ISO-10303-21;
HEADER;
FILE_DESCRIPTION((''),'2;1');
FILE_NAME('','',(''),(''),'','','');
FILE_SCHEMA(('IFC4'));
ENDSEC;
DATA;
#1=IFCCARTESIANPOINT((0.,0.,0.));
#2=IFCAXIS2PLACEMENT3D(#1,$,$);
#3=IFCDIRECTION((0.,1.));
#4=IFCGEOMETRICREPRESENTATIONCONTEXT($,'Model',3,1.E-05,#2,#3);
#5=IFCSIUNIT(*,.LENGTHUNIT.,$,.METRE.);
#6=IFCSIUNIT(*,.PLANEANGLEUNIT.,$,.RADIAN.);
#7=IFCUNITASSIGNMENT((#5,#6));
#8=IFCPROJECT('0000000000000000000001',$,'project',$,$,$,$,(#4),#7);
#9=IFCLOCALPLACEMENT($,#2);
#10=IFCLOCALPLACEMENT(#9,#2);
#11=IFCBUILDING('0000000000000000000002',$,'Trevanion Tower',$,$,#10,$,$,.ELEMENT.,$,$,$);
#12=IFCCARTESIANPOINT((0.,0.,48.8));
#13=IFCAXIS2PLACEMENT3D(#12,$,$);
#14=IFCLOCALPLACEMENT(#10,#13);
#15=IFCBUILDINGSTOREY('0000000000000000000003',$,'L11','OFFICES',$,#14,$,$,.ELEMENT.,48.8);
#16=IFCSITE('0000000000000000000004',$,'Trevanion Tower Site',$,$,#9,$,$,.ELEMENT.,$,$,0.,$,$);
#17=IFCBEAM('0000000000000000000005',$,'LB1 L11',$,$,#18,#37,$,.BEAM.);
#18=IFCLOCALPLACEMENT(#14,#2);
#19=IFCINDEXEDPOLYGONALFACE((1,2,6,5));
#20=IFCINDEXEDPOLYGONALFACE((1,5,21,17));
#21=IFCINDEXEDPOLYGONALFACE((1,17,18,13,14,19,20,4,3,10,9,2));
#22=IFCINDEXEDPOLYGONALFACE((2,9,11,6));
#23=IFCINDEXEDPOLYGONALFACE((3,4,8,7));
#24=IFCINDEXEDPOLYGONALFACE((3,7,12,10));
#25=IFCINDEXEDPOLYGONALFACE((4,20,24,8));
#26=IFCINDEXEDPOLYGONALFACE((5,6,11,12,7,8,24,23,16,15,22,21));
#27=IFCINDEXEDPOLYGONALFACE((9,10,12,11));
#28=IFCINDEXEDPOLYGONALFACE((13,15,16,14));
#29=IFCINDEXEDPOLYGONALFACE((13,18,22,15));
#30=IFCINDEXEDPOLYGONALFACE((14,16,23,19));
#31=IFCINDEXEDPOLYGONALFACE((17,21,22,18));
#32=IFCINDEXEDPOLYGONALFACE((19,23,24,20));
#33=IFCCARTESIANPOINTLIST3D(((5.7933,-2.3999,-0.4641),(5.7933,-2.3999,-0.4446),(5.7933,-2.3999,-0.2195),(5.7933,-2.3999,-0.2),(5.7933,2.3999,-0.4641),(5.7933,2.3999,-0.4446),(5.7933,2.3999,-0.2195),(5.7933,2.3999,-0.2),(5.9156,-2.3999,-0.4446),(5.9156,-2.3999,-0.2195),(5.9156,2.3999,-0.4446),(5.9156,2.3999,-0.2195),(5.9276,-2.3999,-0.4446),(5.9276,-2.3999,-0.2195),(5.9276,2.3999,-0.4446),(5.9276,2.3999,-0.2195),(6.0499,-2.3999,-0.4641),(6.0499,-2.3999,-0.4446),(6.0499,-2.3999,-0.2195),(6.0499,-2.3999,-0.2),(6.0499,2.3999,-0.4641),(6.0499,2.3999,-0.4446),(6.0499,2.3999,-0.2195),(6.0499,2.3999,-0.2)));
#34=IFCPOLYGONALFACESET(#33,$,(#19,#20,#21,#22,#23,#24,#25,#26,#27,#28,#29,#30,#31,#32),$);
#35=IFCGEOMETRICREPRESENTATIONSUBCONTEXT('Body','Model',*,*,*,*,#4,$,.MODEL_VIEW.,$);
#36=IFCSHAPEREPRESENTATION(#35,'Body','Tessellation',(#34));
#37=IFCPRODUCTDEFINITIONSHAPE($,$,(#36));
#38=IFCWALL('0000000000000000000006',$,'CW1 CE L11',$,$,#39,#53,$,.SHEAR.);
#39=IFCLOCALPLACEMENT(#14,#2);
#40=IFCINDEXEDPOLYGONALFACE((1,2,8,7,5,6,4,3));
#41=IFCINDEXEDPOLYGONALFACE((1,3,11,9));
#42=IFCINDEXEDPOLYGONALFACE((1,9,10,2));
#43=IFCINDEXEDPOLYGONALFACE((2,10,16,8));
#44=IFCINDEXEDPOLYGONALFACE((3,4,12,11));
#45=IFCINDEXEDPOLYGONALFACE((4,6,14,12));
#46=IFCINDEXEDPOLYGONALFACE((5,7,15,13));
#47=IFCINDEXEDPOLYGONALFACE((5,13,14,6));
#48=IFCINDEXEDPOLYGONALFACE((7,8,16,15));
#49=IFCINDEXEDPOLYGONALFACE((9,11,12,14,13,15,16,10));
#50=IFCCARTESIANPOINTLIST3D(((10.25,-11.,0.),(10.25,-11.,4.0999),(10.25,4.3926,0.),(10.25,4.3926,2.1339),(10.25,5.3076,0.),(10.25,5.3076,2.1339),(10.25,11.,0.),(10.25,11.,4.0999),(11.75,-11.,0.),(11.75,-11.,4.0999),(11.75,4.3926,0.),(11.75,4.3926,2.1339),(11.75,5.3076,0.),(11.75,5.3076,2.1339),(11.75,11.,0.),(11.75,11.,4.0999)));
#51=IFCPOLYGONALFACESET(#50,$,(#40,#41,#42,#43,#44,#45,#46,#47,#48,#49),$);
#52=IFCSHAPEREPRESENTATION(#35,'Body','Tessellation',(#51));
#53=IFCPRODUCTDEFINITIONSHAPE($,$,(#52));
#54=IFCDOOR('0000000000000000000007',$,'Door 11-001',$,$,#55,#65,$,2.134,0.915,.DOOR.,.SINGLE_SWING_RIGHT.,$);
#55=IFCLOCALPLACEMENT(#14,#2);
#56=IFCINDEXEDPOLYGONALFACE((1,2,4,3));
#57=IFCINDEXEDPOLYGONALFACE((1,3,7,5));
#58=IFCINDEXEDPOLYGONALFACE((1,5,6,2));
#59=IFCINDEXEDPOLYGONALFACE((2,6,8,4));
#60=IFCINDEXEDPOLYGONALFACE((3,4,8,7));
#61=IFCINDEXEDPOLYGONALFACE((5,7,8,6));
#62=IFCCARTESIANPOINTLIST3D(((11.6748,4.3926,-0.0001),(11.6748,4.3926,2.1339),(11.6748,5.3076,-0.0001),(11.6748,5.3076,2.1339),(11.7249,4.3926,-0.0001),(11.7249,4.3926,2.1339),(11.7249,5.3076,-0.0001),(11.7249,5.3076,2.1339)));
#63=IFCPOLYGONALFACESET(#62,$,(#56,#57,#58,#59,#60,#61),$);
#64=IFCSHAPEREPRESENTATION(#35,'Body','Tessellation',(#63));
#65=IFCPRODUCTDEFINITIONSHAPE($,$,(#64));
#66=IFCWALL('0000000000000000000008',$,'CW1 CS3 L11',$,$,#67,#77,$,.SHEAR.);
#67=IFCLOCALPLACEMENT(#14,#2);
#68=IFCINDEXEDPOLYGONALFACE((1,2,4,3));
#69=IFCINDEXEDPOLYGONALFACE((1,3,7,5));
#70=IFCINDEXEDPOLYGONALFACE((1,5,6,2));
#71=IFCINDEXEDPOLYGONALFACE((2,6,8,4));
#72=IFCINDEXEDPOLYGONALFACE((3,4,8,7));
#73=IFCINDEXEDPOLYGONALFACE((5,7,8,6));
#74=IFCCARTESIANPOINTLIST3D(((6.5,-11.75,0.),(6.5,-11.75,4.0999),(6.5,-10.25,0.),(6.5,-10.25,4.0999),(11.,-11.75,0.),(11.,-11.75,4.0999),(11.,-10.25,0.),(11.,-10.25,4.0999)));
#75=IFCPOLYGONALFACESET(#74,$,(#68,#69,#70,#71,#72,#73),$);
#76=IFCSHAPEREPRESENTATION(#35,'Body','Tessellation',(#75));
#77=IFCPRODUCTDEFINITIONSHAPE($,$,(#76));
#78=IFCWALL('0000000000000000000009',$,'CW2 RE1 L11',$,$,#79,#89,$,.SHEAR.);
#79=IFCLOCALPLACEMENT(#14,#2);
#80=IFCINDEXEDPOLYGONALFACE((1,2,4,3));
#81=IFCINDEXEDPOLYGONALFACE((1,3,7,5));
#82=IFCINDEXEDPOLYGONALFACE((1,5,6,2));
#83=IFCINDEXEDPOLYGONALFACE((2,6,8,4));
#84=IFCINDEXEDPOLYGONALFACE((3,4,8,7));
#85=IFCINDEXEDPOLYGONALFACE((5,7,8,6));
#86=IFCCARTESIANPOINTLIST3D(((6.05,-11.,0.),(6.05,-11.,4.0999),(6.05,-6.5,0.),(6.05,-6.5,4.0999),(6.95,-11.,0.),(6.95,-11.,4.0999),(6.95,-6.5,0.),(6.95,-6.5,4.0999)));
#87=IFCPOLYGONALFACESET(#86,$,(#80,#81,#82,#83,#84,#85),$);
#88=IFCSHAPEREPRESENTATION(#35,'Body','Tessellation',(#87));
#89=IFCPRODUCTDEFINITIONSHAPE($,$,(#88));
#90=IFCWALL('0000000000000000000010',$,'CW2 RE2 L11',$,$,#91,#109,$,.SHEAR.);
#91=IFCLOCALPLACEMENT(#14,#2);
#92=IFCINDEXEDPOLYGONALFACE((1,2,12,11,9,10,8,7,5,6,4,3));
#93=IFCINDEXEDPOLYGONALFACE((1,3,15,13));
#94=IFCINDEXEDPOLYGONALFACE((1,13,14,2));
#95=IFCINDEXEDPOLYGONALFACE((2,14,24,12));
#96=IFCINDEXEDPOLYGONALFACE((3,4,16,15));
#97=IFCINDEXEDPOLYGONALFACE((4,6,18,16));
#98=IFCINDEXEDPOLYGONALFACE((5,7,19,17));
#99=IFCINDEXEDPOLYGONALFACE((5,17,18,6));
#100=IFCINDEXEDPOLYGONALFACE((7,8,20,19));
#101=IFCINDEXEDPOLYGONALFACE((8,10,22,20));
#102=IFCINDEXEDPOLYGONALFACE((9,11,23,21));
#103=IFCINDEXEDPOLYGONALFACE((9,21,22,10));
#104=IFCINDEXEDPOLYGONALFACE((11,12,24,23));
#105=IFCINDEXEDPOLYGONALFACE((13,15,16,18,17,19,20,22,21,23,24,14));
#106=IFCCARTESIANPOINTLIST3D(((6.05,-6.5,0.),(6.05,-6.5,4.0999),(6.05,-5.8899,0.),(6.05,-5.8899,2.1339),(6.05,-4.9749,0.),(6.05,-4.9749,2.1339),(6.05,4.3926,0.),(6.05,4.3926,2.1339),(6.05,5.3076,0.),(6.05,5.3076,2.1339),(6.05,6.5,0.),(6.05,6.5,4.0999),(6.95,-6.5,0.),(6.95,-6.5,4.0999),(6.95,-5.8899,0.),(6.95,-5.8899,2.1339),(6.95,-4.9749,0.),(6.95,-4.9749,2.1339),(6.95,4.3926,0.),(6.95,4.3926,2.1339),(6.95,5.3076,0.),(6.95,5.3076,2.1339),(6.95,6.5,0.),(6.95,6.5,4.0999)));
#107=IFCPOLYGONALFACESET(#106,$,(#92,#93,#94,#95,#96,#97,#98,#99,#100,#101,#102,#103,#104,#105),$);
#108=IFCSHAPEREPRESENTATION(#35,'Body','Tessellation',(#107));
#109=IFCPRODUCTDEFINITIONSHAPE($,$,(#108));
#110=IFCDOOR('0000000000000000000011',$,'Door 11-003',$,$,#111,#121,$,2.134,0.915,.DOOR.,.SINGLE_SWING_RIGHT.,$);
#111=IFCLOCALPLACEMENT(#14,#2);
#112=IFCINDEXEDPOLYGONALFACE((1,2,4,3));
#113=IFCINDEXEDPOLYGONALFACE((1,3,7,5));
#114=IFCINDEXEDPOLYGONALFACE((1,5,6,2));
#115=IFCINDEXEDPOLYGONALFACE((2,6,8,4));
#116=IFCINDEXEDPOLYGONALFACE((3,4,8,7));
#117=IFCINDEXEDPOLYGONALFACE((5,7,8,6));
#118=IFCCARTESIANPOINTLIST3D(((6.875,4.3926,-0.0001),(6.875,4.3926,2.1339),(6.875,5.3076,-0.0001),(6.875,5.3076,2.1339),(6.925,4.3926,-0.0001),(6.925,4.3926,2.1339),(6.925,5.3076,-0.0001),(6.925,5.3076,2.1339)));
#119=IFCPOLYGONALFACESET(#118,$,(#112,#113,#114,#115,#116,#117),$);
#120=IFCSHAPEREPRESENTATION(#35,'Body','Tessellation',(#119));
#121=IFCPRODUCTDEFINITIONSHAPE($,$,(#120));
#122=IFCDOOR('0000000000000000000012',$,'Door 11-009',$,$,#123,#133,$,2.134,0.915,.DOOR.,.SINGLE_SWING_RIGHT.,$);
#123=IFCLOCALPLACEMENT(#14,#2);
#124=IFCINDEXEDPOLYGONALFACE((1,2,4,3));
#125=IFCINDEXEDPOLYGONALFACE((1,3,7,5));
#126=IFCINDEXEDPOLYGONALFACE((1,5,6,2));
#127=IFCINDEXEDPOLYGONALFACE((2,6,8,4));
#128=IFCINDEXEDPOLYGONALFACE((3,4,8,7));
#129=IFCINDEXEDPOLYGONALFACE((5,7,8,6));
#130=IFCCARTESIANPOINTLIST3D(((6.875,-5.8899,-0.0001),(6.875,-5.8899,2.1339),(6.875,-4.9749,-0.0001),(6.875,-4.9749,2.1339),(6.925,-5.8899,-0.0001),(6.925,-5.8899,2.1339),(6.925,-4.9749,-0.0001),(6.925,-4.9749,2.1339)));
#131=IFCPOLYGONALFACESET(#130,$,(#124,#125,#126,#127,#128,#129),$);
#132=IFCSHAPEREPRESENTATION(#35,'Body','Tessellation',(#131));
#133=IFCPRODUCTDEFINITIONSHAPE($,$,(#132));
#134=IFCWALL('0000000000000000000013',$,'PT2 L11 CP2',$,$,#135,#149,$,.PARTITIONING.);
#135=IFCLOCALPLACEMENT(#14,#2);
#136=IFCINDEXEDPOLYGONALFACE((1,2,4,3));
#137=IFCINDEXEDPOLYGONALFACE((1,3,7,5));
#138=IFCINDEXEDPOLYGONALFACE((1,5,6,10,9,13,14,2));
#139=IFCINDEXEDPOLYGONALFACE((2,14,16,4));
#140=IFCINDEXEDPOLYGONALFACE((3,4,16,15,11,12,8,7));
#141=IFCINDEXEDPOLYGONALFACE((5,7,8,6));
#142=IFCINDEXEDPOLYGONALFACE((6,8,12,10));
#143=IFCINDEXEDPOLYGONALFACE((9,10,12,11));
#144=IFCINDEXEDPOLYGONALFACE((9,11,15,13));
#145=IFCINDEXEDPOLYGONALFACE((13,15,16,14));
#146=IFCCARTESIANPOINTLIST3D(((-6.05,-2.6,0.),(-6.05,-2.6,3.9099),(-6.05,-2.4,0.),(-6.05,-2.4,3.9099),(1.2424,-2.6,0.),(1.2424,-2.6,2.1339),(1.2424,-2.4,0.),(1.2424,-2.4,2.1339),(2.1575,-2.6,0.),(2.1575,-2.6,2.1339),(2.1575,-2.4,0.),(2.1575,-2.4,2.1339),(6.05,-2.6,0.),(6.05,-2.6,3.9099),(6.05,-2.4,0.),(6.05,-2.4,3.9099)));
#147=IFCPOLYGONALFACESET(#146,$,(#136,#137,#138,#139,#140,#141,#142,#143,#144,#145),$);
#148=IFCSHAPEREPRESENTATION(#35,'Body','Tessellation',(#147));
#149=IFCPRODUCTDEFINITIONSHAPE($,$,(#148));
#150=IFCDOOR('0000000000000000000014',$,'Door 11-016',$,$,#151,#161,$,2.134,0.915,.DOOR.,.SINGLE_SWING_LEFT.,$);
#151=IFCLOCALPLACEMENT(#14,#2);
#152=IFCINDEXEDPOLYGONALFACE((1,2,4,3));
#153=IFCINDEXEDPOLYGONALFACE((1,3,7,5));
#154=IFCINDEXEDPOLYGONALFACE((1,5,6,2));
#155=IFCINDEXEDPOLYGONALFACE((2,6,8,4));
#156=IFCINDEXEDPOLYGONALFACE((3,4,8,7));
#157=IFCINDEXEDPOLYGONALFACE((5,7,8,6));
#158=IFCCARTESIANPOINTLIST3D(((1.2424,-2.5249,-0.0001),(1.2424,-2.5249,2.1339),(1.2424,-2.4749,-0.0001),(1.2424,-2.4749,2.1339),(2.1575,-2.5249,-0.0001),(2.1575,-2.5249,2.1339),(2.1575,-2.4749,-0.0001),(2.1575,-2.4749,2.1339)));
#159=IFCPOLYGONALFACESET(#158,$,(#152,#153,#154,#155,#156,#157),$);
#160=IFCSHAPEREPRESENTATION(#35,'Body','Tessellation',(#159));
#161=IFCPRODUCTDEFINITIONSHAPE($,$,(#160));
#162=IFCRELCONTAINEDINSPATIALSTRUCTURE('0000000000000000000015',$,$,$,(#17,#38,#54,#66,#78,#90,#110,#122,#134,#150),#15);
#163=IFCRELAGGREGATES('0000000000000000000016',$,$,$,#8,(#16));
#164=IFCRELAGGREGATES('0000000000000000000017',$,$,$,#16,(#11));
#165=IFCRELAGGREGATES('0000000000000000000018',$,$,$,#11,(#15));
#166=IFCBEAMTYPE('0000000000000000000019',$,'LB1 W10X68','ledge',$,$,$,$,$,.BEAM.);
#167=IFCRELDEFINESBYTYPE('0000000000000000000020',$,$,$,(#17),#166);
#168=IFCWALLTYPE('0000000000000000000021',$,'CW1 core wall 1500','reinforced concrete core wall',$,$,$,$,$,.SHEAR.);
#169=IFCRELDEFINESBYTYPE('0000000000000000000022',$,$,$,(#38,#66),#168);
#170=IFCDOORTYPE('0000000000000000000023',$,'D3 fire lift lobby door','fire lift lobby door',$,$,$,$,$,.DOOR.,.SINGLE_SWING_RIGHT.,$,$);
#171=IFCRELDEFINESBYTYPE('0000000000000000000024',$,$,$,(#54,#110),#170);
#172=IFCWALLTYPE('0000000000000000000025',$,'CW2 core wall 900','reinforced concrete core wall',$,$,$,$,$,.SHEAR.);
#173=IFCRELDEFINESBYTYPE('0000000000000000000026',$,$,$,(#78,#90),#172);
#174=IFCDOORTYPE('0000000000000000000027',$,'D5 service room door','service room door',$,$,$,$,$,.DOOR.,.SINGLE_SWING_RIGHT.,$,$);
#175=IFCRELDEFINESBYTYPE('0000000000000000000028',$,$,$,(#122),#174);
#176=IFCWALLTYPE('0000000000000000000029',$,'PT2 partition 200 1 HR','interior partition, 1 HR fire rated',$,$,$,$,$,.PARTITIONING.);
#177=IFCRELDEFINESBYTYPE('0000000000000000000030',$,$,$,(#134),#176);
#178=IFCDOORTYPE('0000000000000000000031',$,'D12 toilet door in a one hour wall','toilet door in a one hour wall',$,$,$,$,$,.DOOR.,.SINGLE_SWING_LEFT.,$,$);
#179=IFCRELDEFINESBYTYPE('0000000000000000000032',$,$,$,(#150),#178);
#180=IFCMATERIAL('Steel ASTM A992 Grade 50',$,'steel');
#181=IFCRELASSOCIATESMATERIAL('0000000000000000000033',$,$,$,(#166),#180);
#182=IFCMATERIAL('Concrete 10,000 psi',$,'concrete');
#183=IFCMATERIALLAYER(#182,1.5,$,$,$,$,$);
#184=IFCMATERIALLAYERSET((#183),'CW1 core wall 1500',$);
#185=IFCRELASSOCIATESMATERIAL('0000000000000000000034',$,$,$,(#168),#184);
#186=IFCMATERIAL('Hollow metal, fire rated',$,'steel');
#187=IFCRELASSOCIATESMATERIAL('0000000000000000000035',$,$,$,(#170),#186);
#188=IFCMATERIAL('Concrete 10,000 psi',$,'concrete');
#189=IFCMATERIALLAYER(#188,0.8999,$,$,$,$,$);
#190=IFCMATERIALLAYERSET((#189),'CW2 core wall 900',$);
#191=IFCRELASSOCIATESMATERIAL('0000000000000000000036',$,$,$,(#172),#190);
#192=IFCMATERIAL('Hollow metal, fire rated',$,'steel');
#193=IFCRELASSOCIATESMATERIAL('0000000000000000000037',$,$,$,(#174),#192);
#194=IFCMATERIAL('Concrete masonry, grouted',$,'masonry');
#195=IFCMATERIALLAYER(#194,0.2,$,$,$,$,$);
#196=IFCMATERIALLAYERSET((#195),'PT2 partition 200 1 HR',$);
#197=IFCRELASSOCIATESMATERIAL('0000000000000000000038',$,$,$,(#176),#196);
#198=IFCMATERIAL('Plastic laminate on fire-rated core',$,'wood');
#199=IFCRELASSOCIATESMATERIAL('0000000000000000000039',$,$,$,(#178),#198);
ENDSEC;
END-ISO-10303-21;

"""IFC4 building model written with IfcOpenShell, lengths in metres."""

from ifc_helpers import new_model, si_unit, direction, frame, frame_2d, origin, origin_2d, place, context, subcontext, project, spatial, rectangle, i_section, extrude, material, layer, layer_set, material_profile, profile_set, type_object, element, fill, save


model = new_model("IFC4")

# Units and contexts
model_context = context("Model", 3, precision=1e-05, world=origin(), true_north=direction((0.0, 1.0)))
body_context = subcontext(model_context, "Body", "Model", "MODEL_VIEW")
ifc_project = project(units=[si_unit("LENGTHUNIT", "METRE"), si_unit("PLANEANGLEUNIT", "RADIAN")], contexts=[model_context])

# Site, building, storey
site_placement = place(None, origin())
site = spatial("IfcSite", under=ifc_project, at=site_placement, Name="Trevanion Tower Site", CompositionType="ELEMENT", RefElevation=0.0)
building_placement = place(site_placement, origin())
building = spatial("IfcBuilding", under=site, at=building_placement, Name="Trevanion Tower", CompositionType="ELEMENT")
storey_placement = place(building_placement, frame((0.0, 0.0, 48.8)))
storey = spatial("IfcBuildingStorey", under=building, at=storey_placement, Name="L11", Description="OFFICES", CompositionType="ELEMENT", Elevation=48.8)

# Beam
ifc_material_1 = material(Name="Steel ASTM A992 Grade 50", Category="steel")
ifc_material_profile_1 = material_profile(ifc_material_1, i_section(OverallWidth=0.2566, OverallDepth=0.2642, WebThickness=0.012, FlangeThickness=0.0195, at=origin_2d()), Name="W10X68")
ifc_profile_set_1 = profile_set([ifc_material_profile_1], Name="Steel ASTM A992 Grade 50")
beam_type_1 = type_object("IfcBeamType", Name="LB1 W10X68", Description="ledge", PredefinedType="BEAM", material=ifc_profile_set_1)
beam_1_placement = place(storey_placement, frame((5.9216, -2.3999, -0.332), z_axis=(0.0, 1.0, 0.0), x_axis=(-1.0, 0.0, 0.0)))
element("IfcBeam", 1, at=beam_1_placement, inside=storey, type_object=beam_type_1, Name="LB1 L11", PredefinedType="BEAM", context=body_context, shape_type="SweptSolid", body=[
    extrude(i_section(OverallWidth=0.2566, OverallDepth=0.2642, WebThickness=0.012, FlangeThickness=0.0195, at=origin_2d()), origin(), (0.0, 0.0, 1.0), 4.7998),
])

# Wall, opening, door
ifc_material_2 = material(Name="Concrete 10,000 psi", Category="concrete")
ifc_layer_1 = layer(ifc_material_2, 1.5)
ifc_layer_set_1 = layer_set([ifc_layer_1], Name="CW1 core wall 1500")
wall_type_1 = type_object("IfcWallType", Name="CW1 core wall 1500", Description="reinforced concrete core wall", PredefinedType="SHEAR", material=ifc_layer_set_1)
wall_1_placement = place(storey_placement, frame((11.0, -11.0, 0.0), z_axis=(0.0, 0.0, 1.0), x_axis=(0.0, 1.0, 0.0)))
wall_1 = element("IfcWall", 2, at=wall_1_placement, inside=storey, type_object=wall_type_1, Name="CW1 CE L11", PredefinedType="SHEAR", context=body_context, shape_type="SweptSolid", body=[
    extrude(rectangle(XDim=22.0, YDim=1.5, at=frame_2d((11.0, 0.0))), origin(), (0.0, 0.0, 1.0), 4.0999),
])
opening_1_placement = place(wall_1_placement, frame((15.3926, 0.0, 0.0)))
opening_1 = element("IfcOpeningElement", 3, at=opening_1_placement, cuts=wall_1, PredefinedType="OPENING", context=body_context, shape_type="SweptSolid", body=[
    extrude(rectangle(XDim=0.915, YDim=2.134, at=frame_2d((0.4575, 1.0669))), frame((0.0, 0.76, 0.0), z_axis=(0.0, -1.0, 0.0), x_axis=(1.0, 0.0, 0.0)), (0.0, 0.0, 1.0), 1.52),
])
ifc_material_3 = material(Name="Hollow metal, fire rated", Category="steel")
door_type_1 = type_object("IfcDoorType", Name="D3 fire lift lobby door", Description="fire lift lobby door", OperationType="SINGLE_SWING_RIGHT", PredefinedType="DOOR", material=ifc_material_3)
door_1_placement = place(opening_1_placement, origin())
door_1 = element("IfcDoor", 4, at=door_1_placement, inside=storey, type_object=door_type_1, Name="Door 11-001", OperationType="SINGLE_SWING_RIGHT", OverallHeight=2.134, OverallWidth=0.915, PredefinedType="DOOR", context=body_context, shape_type="SweptSolid", body=[
    extrude(rectangle(XDim=0.915, YDim=2.134, at=frame_2d((0.4575, 1.0669))), frame((0.0, -0.6748, 0.0), z_axis=(0.0, -1.0, 0.0), x_axis=(1.0, 0.0, 0.0)), (0.0, 0.0, 1.0), 0.05),
])
fill(opening_1, door_1)

# Walls
wall_2_placement = place(storey_placement, frame((6.5, -11.0, 0.0), z_axis=(0.0, 0.0, 1.0), x_axis=(1.0, 0.0, 0.0)))
element("IfcWall", 5, at=wall_2_placement, inside=storey, type_object=wall_type_1, Name="CW1 CS3 L11", PredefinedType="SHEAR", context=body_context, shape_type="SweptSolid", body=[
    extrude(rectangle(XDim=4.5, YDim=1.5, at=frame_2d((2.25, 0.0))), origin(), (0.0, 0.0, 1.0), 4.0999),
])
ifc_material_4 = material(Name="Concrete 10,000 psi", Category="concrete")
ifc_layer_2 = layer(ifc_material_4, 0.8999)
ifc_layer_set_2 = layer_set([ifc_layer_2], Name="CW2 core wall 900")
wall_type_2 = type_object("IfcWallType", Name="CW2 core wall 900", Description="reinforced concrete core wall", PredefinedType="SHEAR", material=ifc_layer_set_2)
wall_3_placement = place(storey_placement, frame((6.5, -11.0, 0.0), z_axis=(0.0, 0.0, 1.0), x_axis=(0.0, 1.0, 0.0)))
element("IfcWall", 6, at=wall_3_placement, inside=storey, type_object=wall_type_2, Name="CW2 RE1 L11", PredefinedType="SHEAR", context=body_context, shape_type="SweptSolid", body=[
    extrude(rectangle(XDim=4.5, YDim=0.8999, at=frame_2d((2.25, 0.0))), origin(), (0.0, 0.0, 1.0), 4.0999),
])

# Wall, openings, doors
wall_4_placement = place(storey_placement, frame((6.5, -6.5, 0.0), z_axis=(0.0, 0.0, 1.0), x_axis=(0.0, 1.0, 0.0)))
wall_4 = element("IfcWall", 7, at=wall_4_placement, inside=storey, type_object=wall_type_2, Name="CW2 RE2 L11", PredefinedType="SHEAR", context=body_context, shape_type="SweptSolid", body=[
    extrude(rectangle(XDim=13.0, YDim=0.8999, at=frame_2d((6.5, 0.0))), origin(), (0.0, 0.0, 1.0), 4.0999),
])
opening_2_placement = place(wall_4_placement, frame((10.8926, 0.0, 0.0)))
opening_2 = element("IfcOpeningElement", 8, at=opening_2_placement, cuts=wall_4, PredefinedType="OPENING", context=body_context, shape_type="SweptSolid", body=[
    extrude(rectangle(XDim=0.915, YDim=2.134, at=frame_2d((0.4575, 1.0669))), frame((0.0, 0.46, 0.0), z_axis=(0.0, -1.0, 0.0), x_axis=(1.0, 0.0, 0.0)), (0.0, 0.0, 1.0), 0.9199),
])
opening_3_placement = place(wall_4_placement, frame((0.6101, 0.0, 0.0)))
opening_3 = element("IfcOpeningElement", 9, at=opening_3_placement, cuts=wall_4, PredefinedType="OPENING", context=body_context, shape_type="SweptSolid", body=[
    extrude(rectangle(XDim=0.915, YDim=2.134, at=frame_2d((0.4575, 1.0669))), frame((0.0, 0.46, 0.0), z_axis=(0.0, -1.0, 0.0), x_axis=(1.0, 0.0, 0.0)), (0.0, 0.0, 1.0), 0.9199),
])
door_2_placement = place(opening_2_placement, origin())
door_2 = element("IfcDoor", 10, at=door_2_placement, inside=storey, type_object=door_type_1, Name="Door 11-003", OperationType="SINGLE_SWING_RIGHT", OverallHeight=2.134, OverallWidth=0.915, PredefinedType="DOOR", context=body_context, shape_type="SweptSolid", body=[
    extrude(rectangle(XDim=0.915, YDim=2.134, at=frame_2d((0.4575, 1.0669))), frame((0.0, -0.375, 0.0), z_axis=(0.0, -1.0, 0.0), x_axis=(1.0, 0.0, 0.0)), (0.0, 0.0, 1.0), 0.05),
])
fill(opening_2, door_2)
ifc_material_5 = material(Name="Hollow metal, fire rated", Category="steel")
door_type_2 = type_object("IfcDoorType", Name="D5 service room door", Description="service room door", OperationType="SINGLE_SWING_RIGHT", PredefinedType="DOOR", material=ifc_material_5)
door_3_placement = place(opening_3_placement, origin())
door_3 = element("IfcDoor", 11, at=door_3_placement, inside=storey, type_object=door_type_2, Name="Door 11-009", OperationType="SINGLE_SWING_RIGHT", OverallHeight=2.134, OverallWidth=0.915, PredefinedType="DOOR", context=body_context, shape_type="SweptSolid", body=[
    extrude(rectangle(XDim=0.915, YDim=2.134, at=frame_2d((0.4575, 1.0669))), frame((0.0, -0.375, 0.0), z_axis=(0.0, -1.0, 0.0), x_axis=(1.0, 0.0, 0.0)), (0.0, 0.0, 1.0), 0.05),
])
fill(opening_3, door_3)

# Wall, opening, door
ifc_material_6 = material(Name="Concrete masonry, grouted", Category="masonry")
ifc_layer_3 = layer(ifc_material_6, 0.2)
ifc_layer_set_3 = layer_set([ifc_layer_3], Name="PT2 partition 200 1 HR")
wall_type_3 = type_object("IfcWallType", Name="PT2 partition 200 1 HR", Description="interior partition, 1 HR fire rated", PredefinedType="PARTITIONING", material=ifc_layer_set_3)
wall_5_placement = place(storey_placement, frame((6.05, -2.5, 0.0), z_axis=(0.0, 0.0, 1.0), x_axis=(-1.0, 0.0, 0.0)))
wall_5 = element("IfcWall", 12, at=wall_5_placement, inside=storey, type_object=wall_type_3, Name="PT2 L11 CP2", PredefinedType="PARTITIONING", context=body_context, shape_type="SweptSolid", body=[
    extrude(rectangle(XDim=12.1001, YDim=0.2, at=frame_2d((6.05, 0.0))), origin(), (0.0, 0.0, 1.0), 3.9099),
])
opening_4_placement = place(wall_5_placement, frame((3.8926, 0.0, 0.0)))
opening_4 = element("IfcOpeningElement", 13, at=opening_4_placement, cuts=wall_5, PredefinedType="OPENING", context=body_context, shape_type="SweptSolid", body=[
    extrude(rectangle(XDim=0.915, YDim=2.134, at=frame_2d((0.4575, 1.0669))), frame((0.0, 0.1099, 0.0), z_axis=(0.0, -1.0, 0.0), x_axis=(1.0, 0.0, 0.0)), (0.0, 0.0, 1.0), 0.22),
])
ifc_material_7 = material(Name="Plastic laminate on fire-rated core", Category="wood")
door_type_3 = type_object("IfcDoorType", Name="D12 toilet door in a one hour wall", Description="toilet door in a one hour wall", OperationType="SINGLE_SWING_LEFT", PredefinedType="DOOR", material=ifc_material_7)
door_4_placement = place(opening_4_placement, origin())
door_4 = element("IfcDoor", 14, at=door_4_placement, inside=storey, type_object=door_type_3, Name="Door 11-016", OperationType="SINGLE_SWING_LEFT", OverallHeight=2.134, OverallWidth=0.915, PredefinedType="DOOR", context=body_context, shape_type="SweptSolid", body=[
    extrude(rectangle(XDim=0.915, YDim=2.134, at=frame_2d((0.4575, 1.0669))), frame((0.0, 0.0249, 0.0), z_axis=(0.0, -1.0, 0.0), x_axis=(1.0, 0.0, 0.0)), (0.0, 0.0, 1.0), 0.05),
])
fill(opening_4, door_4)

save(model, "model.ifc")
